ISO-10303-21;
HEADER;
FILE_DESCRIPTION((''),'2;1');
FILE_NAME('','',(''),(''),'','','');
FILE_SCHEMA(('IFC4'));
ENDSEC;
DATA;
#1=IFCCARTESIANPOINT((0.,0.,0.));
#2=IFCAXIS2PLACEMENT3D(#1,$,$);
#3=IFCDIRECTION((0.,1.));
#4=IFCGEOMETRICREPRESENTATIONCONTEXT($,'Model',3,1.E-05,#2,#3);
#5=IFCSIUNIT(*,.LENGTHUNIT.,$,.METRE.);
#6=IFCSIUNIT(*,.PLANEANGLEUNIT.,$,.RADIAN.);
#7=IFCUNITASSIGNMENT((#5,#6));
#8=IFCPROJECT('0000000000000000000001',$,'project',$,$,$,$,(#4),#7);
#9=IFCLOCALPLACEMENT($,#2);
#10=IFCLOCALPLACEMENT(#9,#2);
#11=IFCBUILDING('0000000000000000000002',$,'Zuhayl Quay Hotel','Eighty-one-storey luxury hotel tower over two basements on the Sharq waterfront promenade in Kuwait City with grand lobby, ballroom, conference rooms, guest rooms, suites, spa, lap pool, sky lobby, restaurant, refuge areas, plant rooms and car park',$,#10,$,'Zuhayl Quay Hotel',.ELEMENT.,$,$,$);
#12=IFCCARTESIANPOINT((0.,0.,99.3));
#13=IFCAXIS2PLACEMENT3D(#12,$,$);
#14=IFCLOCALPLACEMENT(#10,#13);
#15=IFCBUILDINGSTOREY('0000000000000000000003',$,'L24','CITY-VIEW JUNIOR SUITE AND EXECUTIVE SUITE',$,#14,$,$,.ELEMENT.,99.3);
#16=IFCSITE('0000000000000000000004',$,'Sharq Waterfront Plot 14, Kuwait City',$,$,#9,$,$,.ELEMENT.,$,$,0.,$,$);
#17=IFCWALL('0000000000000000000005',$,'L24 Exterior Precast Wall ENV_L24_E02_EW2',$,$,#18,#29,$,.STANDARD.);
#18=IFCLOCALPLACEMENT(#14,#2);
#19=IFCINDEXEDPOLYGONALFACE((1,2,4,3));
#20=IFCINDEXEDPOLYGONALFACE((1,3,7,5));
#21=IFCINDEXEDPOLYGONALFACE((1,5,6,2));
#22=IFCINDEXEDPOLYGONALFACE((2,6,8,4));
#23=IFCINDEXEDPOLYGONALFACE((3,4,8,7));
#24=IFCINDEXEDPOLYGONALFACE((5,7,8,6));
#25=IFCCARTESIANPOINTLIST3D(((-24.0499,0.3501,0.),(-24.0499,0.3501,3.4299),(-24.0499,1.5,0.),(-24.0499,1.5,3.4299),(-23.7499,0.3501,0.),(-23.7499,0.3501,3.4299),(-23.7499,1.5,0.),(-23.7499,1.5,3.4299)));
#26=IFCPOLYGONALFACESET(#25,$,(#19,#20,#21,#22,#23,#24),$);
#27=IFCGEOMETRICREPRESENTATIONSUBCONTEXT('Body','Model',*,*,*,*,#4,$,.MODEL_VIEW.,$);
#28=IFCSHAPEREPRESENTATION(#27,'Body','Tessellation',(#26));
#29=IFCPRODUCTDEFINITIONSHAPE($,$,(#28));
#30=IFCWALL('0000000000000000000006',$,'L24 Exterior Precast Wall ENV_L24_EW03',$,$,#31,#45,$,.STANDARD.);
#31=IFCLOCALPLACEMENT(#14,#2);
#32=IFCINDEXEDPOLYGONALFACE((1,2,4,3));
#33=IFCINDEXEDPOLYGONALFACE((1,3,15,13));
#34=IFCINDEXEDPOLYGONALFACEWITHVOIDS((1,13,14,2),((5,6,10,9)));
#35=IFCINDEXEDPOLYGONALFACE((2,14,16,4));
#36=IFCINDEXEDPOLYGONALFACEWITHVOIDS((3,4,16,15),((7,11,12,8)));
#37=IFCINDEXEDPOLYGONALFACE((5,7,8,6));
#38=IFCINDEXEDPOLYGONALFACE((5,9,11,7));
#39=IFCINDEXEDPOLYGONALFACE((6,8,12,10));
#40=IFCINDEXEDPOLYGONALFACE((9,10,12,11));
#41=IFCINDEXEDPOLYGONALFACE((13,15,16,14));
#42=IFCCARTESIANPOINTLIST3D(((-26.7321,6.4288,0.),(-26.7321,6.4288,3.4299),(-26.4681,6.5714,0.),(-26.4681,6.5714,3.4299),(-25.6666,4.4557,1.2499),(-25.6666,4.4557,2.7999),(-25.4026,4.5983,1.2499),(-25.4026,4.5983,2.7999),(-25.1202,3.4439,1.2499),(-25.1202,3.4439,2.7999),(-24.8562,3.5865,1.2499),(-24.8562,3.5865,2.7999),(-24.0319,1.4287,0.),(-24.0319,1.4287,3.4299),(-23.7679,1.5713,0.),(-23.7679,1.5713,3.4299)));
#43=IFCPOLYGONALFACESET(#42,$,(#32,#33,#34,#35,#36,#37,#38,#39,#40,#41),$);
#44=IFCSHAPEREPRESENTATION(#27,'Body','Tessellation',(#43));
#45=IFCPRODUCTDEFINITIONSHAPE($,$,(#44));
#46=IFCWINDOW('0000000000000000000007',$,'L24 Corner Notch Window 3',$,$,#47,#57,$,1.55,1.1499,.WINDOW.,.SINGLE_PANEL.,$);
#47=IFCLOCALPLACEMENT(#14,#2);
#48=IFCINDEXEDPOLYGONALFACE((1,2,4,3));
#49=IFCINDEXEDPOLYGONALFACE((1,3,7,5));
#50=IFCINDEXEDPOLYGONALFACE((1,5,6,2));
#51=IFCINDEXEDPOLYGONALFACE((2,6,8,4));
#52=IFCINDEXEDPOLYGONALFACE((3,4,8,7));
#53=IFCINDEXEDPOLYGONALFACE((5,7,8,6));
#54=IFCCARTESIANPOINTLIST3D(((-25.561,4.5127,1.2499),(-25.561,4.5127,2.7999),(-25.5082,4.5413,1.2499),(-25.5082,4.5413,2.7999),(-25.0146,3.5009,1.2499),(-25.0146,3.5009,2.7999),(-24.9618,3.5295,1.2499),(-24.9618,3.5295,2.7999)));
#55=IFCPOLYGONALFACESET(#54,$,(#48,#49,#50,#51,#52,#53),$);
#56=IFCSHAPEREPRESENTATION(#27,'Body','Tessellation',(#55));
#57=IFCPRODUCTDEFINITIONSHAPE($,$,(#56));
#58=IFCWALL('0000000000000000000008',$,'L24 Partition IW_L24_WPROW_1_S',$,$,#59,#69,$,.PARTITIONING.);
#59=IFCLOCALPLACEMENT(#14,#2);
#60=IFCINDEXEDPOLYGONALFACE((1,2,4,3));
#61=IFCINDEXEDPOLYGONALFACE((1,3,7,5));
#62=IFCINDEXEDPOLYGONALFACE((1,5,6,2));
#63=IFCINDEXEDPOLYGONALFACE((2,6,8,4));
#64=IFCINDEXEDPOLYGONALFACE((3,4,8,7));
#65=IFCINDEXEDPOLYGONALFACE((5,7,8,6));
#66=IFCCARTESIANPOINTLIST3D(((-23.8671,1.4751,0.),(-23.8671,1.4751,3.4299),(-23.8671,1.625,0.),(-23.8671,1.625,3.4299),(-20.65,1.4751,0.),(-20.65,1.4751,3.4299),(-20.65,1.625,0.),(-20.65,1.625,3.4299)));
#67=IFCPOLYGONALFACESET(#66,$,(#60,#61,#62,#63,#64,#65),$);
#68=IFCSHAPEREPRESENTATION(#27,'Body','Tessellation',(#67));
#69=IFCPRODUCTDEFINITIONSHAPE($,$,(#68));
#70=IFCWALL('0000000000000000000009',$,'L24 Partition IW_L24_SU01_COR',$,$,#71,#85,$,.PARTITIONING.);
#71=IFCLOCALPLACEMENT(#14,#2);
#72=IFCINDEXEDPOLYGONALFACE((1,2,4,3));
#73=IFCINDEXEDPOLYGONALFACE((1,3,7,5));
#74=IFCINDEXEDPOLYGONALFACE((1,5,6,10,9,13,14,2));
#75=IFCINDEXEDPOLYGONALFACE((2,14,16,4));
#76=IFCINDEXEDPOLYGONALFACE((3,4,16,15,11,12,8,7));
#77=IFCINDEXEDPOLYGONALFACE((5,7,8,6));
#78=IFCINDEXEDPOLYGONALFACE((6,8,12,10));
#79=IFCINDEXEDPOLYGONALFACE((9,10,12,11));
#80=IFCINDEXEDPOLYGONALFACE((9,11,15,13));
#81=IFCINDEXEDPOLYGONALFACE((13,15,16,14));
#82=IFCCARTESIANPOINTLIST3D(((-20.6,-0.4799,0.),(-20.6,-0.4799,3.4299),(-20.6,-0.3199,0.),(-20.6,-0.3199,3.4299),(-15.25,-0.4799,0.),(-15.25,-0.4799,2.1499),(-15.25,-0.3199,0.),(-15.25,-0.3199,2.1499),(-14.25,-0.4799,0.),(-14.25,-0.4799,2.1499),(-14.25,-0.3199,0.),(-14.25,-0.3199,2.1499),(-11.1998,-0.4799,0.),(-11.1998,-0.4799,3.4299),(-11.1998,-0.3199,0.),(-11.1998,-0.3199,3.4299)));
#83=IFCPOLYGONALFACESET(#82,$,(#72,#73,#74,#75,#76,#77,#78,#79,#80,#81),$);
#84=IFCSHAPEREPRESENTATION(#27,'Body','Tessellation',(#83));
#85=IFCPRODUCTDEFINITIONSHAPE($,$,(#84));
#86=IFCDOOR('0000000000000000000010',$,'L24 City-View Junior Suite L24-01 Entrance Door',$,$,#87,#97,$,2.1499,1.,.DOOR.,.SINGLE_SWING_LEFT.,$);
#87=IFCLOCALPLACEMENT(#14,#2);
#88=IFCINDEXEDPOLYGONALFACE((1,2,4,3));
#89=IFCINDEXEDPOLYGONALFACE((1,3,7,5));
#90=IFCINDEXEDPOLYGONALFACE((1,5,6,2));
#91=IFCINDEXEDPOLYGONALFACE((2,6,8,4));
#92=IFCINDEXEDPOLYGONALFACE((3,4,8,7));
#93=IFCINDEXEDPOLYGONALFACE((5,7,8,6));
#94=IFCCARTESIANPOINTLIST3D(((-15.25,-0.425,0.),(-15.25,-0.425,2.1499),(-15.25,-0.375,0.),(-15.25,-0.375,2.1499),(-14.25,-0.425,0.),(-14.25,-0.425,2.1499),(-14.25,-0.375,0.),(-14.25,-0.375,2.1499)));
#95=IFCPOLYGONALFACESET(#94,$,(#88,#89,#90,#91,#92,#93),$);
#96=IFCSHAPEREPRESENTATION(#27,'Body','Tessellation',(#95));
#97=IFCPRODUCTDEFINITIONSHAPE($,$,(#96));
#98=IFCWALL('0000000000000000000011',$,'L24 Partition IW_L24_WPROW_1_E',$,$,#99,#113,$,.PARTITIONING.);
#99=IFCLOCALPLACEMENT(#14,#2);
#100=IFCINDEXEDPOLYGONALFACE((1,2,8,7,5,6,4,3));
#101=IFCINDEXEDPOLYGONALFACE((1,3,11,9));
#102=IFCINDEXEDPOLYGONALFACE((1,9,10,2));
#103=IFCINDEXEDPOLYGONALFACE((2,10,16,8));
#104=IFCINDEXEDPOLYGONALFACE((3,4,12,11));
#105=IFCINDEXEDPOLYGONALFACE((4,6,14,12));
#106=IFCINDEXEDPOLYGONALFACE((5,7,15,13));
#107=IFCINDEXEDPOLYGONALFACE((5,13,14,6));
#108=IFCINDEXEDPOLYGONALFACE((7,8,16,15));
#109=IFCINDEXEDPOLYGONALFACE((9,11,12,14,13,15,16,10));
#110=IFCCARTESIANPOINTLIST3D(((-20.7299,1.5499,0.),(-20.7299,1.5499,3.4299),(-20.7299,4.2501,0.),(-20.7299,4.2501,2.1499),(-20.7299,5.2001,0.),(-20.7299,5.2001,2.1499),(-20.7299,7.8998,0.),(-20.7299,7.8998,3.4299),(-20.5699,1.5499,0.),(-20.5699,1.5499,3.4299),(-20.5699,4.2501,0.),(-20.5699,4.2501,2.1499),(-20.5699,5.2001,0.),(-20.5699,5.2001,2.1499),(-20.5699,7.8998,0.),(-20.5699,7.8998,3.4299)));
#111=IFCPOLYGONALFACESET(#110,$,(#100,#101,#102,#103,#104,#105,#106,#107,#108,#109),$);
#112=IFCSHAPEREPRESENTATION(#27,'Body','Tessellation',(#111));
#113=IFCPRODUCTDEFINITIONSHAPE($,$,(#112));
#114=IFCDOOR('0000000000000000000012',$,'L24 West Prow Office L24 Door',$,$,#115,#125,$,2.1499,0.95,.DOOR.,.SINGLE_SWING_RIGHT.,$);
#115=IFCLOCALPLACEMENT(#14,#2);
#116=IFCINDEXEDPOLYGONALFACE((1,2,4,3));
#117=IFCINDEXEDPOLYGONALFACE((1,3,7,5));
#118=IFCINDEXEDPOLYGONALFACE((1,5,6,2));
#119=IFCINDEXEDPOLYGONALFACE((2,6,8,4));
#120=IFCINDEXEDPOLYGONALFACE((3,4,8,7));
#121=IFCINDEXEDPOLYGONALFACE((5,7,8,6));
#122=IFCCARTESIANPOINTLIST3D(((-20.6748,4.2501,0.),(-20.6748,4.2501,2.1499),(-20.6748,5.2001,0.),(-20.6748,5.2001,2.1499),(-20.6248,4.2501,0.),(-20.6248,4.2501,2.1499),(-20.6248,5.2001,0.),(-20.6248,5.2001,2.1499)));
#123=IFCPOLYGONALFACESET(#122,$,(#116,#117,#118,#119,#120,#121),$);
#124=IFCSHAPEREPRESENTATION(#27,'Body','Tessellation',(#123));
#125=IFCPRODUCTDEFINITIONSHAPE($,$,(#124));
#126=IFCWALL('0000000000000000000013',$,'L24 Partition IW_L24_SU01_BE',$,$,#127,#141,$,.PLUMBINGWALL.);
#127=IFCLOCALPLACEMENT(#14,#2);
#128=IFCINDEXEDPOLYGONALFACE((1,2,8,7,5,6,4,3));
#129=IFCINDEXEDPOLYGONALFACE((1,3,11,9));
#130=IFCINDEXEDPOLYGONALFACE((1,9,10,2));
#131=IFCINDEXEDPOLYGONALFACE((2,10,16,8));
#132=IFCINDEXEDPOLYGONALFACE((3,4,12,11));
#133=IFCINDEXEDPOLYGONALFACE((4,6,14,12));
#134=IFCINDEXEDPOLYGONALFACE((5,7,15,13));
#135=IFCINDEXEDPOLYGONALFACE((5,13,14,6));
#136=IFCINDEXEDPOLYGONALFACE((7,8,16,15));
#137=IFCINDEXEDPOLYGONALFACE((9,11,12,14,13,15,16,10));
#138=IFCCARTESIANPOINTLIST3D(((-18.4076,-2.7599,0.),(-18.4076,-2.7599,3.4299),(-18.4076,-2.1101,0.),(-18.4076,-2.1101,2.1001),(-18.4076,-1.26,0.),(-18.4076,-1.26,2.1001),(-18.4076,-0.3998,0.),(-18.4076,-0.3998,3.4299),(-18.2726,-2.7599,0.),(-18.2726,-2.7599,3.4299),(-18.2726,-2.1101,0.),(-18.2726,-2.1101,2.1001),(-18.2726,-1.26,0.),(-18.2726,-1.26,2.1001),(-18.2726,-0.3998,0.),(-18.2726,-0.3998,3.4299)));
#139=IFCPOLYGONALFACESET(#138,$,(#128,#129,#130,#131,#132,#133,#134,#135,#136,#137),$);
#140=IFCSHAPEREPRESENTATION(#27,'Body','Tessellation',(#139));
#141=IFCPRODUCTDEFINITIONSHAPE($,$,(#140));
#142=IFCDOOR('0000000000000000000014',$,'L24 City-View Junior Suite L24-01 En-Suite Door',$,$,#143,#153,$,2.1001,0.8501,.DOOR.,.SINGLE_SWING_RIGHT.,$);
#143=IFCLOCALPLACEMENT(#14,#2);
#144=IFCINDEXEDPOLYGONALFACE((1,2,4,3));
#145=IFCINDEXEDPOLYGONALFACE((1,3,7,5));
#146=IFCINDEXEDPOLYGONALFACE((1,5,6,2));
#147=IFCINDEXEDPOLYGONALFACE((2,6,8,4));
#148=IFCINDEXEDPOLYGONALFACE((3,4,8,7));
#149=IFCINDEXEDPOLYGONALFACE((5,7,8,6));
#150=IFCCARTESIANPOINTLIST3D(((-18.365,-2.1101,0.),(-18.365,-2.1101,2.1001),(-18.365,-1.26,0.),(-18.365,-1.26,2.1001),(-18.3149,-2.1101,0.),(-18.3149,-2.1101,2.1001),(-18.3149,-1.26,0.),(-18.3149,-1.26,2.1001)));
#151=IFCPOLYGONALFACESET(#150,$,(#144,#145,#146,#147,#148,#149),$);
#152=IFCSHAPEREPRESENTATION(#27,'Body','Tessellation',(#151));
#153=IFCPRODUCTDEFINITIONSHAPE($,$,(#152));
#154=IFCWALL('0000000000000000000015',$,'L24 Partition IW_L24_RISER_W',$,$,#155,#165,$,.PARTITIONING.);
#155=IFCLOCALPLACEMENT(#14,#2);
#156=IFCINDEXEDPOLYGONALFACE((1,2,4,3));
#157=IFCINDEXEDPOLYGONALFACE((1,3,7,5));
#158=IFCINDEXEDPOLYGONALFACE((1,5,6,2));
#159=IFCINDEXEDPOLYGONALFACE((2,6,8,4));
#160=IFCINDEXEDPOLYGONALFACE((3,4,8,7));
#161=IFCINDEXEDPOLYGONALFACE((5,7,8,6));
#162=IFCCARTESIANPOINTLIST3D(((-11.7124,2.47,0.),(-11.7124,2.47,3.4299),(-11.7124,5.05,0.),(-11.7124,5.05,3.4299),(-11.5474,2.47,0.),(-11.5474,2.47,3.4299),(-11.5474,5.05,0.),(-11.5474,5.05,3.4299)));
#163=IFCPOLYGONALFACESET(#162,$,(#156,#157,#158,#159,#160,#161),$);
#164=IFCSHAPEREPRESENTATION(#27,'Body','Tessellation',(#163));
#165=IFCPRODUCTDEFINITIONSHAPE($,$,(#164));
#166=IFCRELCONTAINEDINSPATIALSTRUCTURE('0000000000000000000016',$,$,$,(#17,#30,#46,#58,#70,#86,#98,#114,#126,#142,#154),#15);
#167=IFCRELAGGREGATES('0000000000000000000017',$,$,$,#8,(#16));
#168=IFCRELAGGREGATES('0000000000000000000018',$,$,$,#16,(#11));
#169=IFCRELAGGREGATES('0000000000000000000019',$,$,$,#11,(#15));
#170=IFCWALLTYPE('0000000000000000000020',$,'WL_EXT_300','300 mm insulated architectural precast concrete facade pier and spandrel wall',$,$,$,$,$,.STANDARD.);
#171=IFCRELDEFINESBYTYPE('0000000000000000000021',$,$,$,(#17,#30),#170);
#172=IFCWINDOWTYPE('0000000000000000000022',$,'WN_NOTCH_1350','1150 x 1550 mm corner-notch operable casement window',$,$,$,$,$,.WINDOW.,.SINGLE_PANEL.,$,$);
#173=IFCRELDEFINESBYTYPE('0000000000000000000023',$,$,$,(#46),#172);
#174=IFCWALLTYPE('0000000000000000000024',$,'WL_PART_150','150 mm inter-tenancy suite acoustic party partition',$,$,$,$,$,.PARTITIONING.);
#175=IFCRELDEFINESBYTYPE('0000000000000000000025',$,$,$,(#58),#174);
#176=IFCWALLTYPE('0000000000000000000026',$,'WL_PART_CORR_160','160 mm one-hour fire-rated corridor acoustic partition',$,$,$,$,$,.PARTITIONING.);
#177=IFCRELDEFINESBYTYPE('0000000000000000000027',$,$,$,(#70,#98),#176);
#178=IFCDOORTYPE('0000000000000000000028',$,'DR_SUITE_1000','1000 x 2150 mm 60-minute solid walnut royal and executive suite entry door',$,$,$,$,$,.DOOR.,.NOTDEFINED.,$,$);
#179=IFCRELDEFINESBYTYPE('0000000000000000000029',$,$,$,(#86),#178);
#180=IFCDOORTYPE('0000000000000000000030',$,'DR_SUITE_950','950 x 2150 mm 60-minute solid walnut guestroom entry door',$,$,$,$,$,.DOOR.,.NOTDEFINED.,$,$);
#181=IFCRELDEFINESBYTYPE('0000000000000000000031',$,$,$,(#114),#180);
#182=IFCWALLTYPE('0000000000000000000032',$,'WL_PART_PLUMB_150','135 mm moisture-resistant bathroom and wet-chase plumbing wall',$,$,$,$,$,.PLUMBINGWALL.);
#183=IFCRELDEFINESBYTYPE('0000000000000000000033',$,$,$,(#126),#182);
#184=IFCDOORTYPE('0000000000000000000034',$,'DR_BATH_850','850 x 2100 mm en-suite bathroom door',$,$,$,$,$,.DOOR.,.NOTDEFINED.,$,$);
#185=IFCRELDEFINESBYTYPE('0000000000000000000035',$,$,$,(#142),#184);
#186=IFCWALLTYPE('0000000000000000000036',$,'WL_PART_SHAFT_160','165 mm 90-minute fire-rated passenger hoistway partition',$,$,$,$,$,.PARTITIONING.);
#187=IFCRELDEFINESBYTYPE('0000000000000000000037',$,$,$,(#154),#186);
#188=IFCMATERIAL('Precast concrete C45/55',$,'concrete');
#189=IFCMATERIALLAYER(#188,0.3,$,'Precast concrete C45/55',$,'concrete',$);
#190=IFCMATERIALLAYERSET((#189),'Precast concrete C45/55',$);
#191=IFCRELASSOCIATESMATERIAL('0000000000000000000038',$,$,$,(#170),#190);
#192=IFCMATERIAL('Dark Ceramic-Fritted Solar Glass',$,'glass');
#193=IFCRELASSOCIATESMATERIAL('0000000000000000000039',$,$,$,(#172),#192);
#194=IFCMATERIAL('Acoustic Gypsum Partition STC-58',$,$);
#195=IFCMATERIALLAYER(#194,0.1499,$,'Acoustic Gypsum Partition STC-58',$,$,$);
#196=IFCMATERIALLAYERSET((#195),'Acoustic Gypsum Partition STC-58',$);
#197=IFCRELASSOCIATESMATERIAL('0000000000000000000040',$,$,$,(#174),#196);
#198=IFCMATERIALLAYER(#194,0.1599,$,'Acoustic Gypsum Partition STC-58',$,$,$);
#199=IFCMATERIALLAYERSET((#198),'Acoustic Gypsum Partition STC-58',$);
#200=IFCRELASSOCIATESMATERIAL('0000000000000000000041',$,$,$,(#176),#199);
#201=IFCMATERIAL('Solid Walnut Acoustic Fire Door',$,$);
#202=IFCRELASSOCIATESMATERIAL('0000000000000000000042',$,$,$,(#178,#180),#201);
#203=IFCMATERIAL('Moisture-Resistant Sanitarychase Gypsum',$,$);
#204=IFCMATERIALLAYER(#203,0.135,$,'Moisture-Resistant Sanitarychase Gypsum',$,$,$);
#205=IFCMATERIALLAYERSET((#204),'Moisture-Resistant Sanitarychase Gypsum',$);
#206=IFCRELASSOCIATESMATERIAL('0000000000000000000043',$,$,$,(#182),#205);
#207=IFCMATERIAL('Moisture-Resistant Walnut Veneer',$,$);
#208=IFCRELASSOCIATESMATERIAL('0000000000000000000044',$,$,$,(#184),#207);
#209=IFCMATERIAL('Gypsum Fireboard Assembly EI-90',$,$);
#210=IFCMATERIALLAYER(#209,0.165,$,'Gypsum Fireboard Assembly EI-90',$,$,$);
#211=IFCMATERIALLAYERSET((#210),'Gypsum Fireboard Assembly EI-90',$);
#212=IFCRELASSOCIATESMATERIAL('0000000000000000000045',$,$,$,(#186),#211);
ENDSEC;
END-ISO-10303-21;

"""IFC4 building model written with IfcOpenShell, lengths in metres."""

from ifc_helpers import new_model, si_unit, direction, frame, frame_2d, origin, place, context, subcontext, project, spatial, rectangle, extrude, material, layer, layer_set, type_object, element, fill, save


model = new_model("IFC4")

# Units and contexts
model_context = context("Model", 3, precision=1e-05, world=origin(), true_north=direction((0.0, 1.0)))
body_context = subcontext(model_context, "Body", "Model", "MODEL_VIEW")
ifc_project = project(units=[si_unit("LENGTHUNIT", "METRE"), si_unit("PLANEANGLEUNIT", "RADIAN")], contexts=[model_context])

# Site, building, storey
site_placement = place(None, origin())
site = spatial("IfcSite", under=ifc_project, at=site_placement, Name="Sharq Waterfront Plot 14, Kuwait City", CompositionType="ELEMENT", RefElevation=0.0)
building_placement = place(site_placement, origin())
building = spatial("IfcBuilding", under=site, at=building_placement, Name="Zuhayl Quay Hotel", Description="Eighty-one-storey luxury hotel tower over two basements on the Sharq waterfront promenade in Kuwait City with grand lobby, ballroom, conference rooms, guest rooms, suites, spa, lap pool, sky lobby, restaurant, refuge areas, plant rooms and car park", LongName="Zuhayl Quay Hotel", CompositionType="ELEMENT")
storey_placement = place(building_placement, frame((0.0, 0.0, 99.3)))
storey = spatial("IfcBuildingStorey", under=building, at=storey_placement, Name="L24", Description="CITY-VIEW JUNIOR SUITE AND EXECUTIVE SUITE", CompositionType="ELEMENT", Elevation=99.3)

# Wall
ifc_material_1 = material(Name="Precast concrete C45/55", Category="concrete")
ifc_layer_1 = layer(ifc_material_1, 0.3, Name="Precast concrete C45/55", Category="concrete")
ifc_layer_set_1 = layer_set([ifc_layer_1], Name="Precast concrete C45/55")
wall_type_1 = type_object("IfcWallType", Name="WL_EXT_300", Description="300 mm insulated architectural precast concrete facade pier and spandrel wall", PredefinedType="STANDARD", material=ifc_layer_set_1)
wall_1_placement = place(storey_placement, frame((-23.8999, 0.3501, 0.0), z_axis=(0.0, 0.0, 1.0), x_axis=(0.0, 1.0, 0.0)))
element("IfcWall", 1, at=wall_1_placement, inside=storey, type_object=wall_type_1, Name="L24 Exterior Precast Wall ENV_L24_E02_EW2", PredefinedType="STANDARD", context=body_context, shape_type="SweptSolid", body=[
    extrude(rectangle(XDim=1.1499, YDim=0.3, at=frame_2d((0.575, 0.0))), origin(), (0.0, 0.0, 1.0), 3.4299),
])

# Wall, opening, window
wall_2_placement = place(storey_placement, frame((-23.8999, 1.5, 0.0), z_axis=(0.0, 0.0, 1.0), x_axis=(-0.475176, 0.879891, 0.0)))
wall_2 = element("IfcWall", 2, at=wall_2_placement, inside=storey, type_object=wall_type_1, Name="L24 Exterior Precast Wall ENV_L24_EW03", PredefinedType="STANDARD", context=body_context, shape_type="SweptSolid", body=[
    extrude(rectangle(XDim=5.6826, YDim=0.3, at=frame_2d((2.8413, 0.0))), origin(), (0.0, 0.0, 1.0), 3.4299),
])
opening_1_placement = place(wall_2_placement, frame((2.2903, 0.0, 1.25)))
opening_1 = element("IfcOpeningElement", 3, at=opening_1_placement, cuts=wall_2, PredefinedType="OPENING", context=body_context, shape_type="SweptSolid", body=[
    extrude(rectangle(XDim=1.1499, YDim=1.55, at=frame_2d((0.575, 0.7749))), frame((0.0, 0.1599, 0.0), z_axis=(0.0, -1.0, 0.0), x_axis=(1.0, 0.0, 0.0)), (0.0, 0.0, 1.0), 0.3201),
])
ifc_material_2 = material(Name="Dark Ceramic-Fritted Solar Glass", Category="glass")
window_type = type_object("IfcWindowType", Name="WN_NOTCH_1350", Description="1150 x 1550 mm corner-notch operable casement window", PartitioningType="SINGLE_PANEL", PredefinedType="WINDOW", material=ifc_material_2)
window_placement = place(opening_1_placement, origin())
window = element("IfcWindow", 4, at=window_placement, inside=storey, type_object=window_type, Name="L24 Corner Notch Window 3", OverallHeight=1.55, OverallWidth=1.1499, PartitioningType="SINGLE_PANEL", PredefinedType="WINDOW", context=body_context, shape_type="SweptSolid", body=[
    extrude(rectangle(XDim=1.1499, YDim=1.55, at=frame_2d((0.575, 0.7749))), frame((0.0, 0.03, 0.0), z_axis=(0.0, -1.0, 0.0), x_axis=(1.0, 0.0, 0.0)), (0.0, 0.0, 1.0), 0.0601),
])
fill(opening_1, window)

# Wall
ifc_material_3 = material(Name="Acoustic Gypsum Partition STC-58")
ifc_layer_2 = layer(ifc_material_3, 0.1499, Name="Acoustic Gypsum Partition STC-58")
ifc_layer_set_2 = layer_set([ifc_layer_2], Name="Acoustic Gypsum Partition STC-58")
wall_type_2 = type_object("IfcWallType", Name="WL_PART_150", Description="150 mm inter-tenancy suite acoustic party partition", PredefinedType="PARTITIONING", material=ifc_layer_set_2)
wall_3_placement = place(storey_placement, frame((-23.8669, 1.55, 0.0), z_axis=(0.0, 0.0, 1.0), x_axis=(1.0, 0.0, 0.0)))
element("IfcWall", 5, at=wall_3_placement, inside=storey, type_object=wall_type_2, Name="L24 Partition IW_L24_WPROW_1_S", PredefinedType="PARTITIONING", context=body_context, shape_type="SweptSolid", body=[
    extrude(rectangle(XDim=3.217, YDim=0.1499, at=frame_2d((1.6084, 0.0))), origin(), (0.0, 0.0, 1.0), 3.4299),
])

# Walls, openings, doors
ifc_layer_3 = layer(ifc_material_3, 0.1599, Name="Acoustic Gypsum Partition STC-58")
ifc_layer_set_3 = layer_set([ifc_layer_3], Name="Acoustic Gypsum Partition STC-58")
wall_type_3 = type_object("IfcWallType", Name="WL_PART_CORR_160", Description="160 mm one-hour fire-rated corridor acoustic partition", PredefinedType="PARTITIONING", material=ifc_layer_set_3)
wall_4_placement = place(storey_placement, frame((-20.6001, -0.3999, 0.0), z_axis=(0.0, 0.0, 1.0), x_axis=(1.0, 0.0, 0.0)))
wall_4 = element("IfcWall", 6, at=wall_4_placement, inside=storey, type_object=wall_type_3, Name="L24 Partition IW_L24_SU01_COR", PredefinedType="PARTITIONING", context=body_context, shape_type="SweptSolid", body=[
    extrude(rectangle(XDim=9.4001, YDim=0.1599, at=frame_2d((4.7002, 0.0))), origin(), (0.0, 0.0, 1.0), 3.4299),
])
opening_2_placement = place(wall_4_placement, frame((5.3501, 0.0, 0.0)))
opening_2 = element("IfcOpeningElement", 7, at=opening_2_placement, cuts=wall_4, PredefinedType="OPENING", context=body_context, shape_type="SweptSolid", body=[
    extrude(rectangle(XDim=1.0, YDim=2.1499, at=frame_2d((0.5, 1.075))), frame((0.0, 0.0898, 0.0), z_axis=(0.0, -1.0, 0.0), x_axis=(1.0, 0.0, 0.0)), (0.0, 0.0, 1.0), 0.1799),
])
ifc_material_4 = material(Name="Solid Walnut Acoustic Fire Door")
door_type_1 = type_object("IfcDoorType", Name="DR_SUITE_1000", Description="1000 x 2150 mm 60-minute solid walnut royal and executive suite entry door", OperationType="NOTDEFINED", PredefinedType="DOOR", material=ifc_material_4)
door_1_placement = place(opening_2_placement, origin())
door_1 = element("IfcDoor", 8, at=door_1_placement, inside=storey, type_object=door_type_1, Name="L24 City-View Junior Suite L24-01 Entrance Door", OperationType="SINGLE_SWING_LEFT", OverallHeight=2.1499, OverallWidth=1.0, PredefinedType="DOOR", context=body_context, shape_type="SweptSolid", body=[
    extrude(rectangle(XDim=1.0, YDim=2.1499, at=frame_2d((0.5, 1.075))), frame((0.0, 0.0249, 0.0), z_axis=(0.0, -1.0, 0.0), x_axis=(1.0, 0.0, 0.0)), (0.0, 0.0, 1.0), 0.05),
])
fill(opening_2, door_1)
wall_5_placement = place(storey_placement, frame((-20.6499, 1.55, 0.0), z_axis=(0.0, 0.0, 1.0), x_axis=(0.0, 1.0, 0.0)))
wall_5 = element("IfcWall", 9, at=wall_5_placement, inside=storey, type_object=wall_type_3, Name="L24 Partition IW_L24_WPROW_1_E", PredefinedType="PARTITIONING", context=body_context, shape_type="SweptSolid", body=[
    extrude(rectangle(XDim=6.3499, YDim=0.1599, at=frame_2d((3.1748, 0.0))), origin(), (0.0, 0.0, 1.0), 3.4299),
])
opening_3_placement = place(wall_5_placement, frame((2.7, 0.0, 0.0)))
opening_3 = element("IfcOpeningElement", 10, at=opening_3_placement, cuts=wall_5, PredefinedType="OPENING", context=body_context, shape_type="SweptSolid", body=[
    extrude(rectangle(XDim=0.95, YDim=2.1499, at=frame_2d((0.4751, 1.075))), frame((0.0, 0.0898, 0.0), z_axis=(0.0, -1.0, 0.0), x_axis=(1.0, 0.0, 0.0)), (0.0, 0.0, 1.0), 0.1799),
])
door_type_2 = type_object("IfcDoorType", Name="DR_SUITE_950", Description="950 x 2150 mm 60-minute solid walnut guestroom entry door", OperationType="NOTDEFINED", PredefinedType="DOOR", material=ifc_material_4)
door_2_placement = place(opening_3_placement, origin())
door_2 = element("IfcDoor", 11, at=door_2_placement, inside=storey, type_object=door_type_2, Name="L24 West Prow Office L24 Door", OperationType="SINGLE_SWING_RIGHT", OverallHeight=2.1499, OverallWidth=0.95, PredefinedType="DOOR", context=body_context, shape_type="SweptSolid", body=[
    extrude(rectangle(XDim=0.95, YDim=2.1499, at=frame_2d((0.4751, 1.075))), frame((0.0, 0.0249, 0.0), z_axis=(0.0, -1.0, 0.0), x_axis=(1.0, 0.0, 0.0)), (0.0, 0.0, 1.0), 0.05),
])
fill(opening_3, door_2)
ifc_material_5 = material(Name="Moisture-Resistant Sanitarychase Gypsum")
ifc_layer_4 = layer(ifc_material_5, 0.135, Name="Moisture-Resistant Sanitarychase Gypsum")
ifc_layer_set_4 = layer_set([ifc_layer_4], Name="Moisture-Resistant Sanitarychase Gypsum")
wall_type_4 = type_object("IfcWallType", Name="WL_PART_PLUMB_150", Description="135 mm moisture-resistant bathroom and wet-chase plumbing wall", PredefinedType="PLUMBINGWALL", material=ifc_layer_set_4)
wall_6_placement = place(storey_placement, frame((-18.3401, -2.76, 0.0), z_axis=(0.0, 0.0, 1.0), x_axis=(0.0, 1.0, 0.0)))
wall_6 = element("IfcWall", 12, at=wall_6_placement, inside=storey, type_object=wall_type_4, Name="L24 Partition IW_L24_SU01_BE", PredefinedType="PLUMBINGWALL", context=body_context, shape_type="SweptSolid", body=[
    extrude(rectangle(XDim=2.3601, YDim=0.135, at=frame_2d((1.1802, 0.0))), origin(), (0.0, 0.0, 1.0), 3.4299),
])
opening_4_placement = place(wall_6_placement, frame((0.6499, 0.0, 0.0)))
opening_4 = element("IfcOpeningElement", 13, at=opening_4_placement, cuts=wall_6, PredefinedType="OPENING", context=body_context, shape_type="SweptSolid", body=[
    extrude(rectangle(XDim=0.8501, YDim=2.1001, at=frame_2d((0.425, 1.05))), frame((0.0, 0.0774, 0.0), z_axis=(0.0, -1.0, 0.0), x_axis=(1.0, 0.0, 0.0)), (0.0, 0.0, 1.0), 0.155),
])
ifc_material_6 = material(Name="Moisture-Resistant Walnut Veneer")
door_type_3 = type_object("IfcDoorType", Name="DR_BATH_850", Description="850 x 2100 mm en-suite bathroom door", OperationType="NOTDEFINED", PredefinedType="DOOR", material=ifc_material_6)
door_3_placement = place(opening_4_placement, origin())
door_3 = element("IfcDoor", 14, at=door_3_placement, inside=storey, type_object=door_type_3, Name="L24 City-View Junior Suite L24-01 En-Suite Door", OperationType="SINGLE_SWING_RIGHT", OverallHeight=2.1001, OverallWidth=0.8501, PredefinedType="DOOR", context=body_context, shape_type="SweptSolid", body=[
    extrude(rectangle(XDim=0.8501, YDim=2.1001, at=frame_2d((0.425, 1.05))), frame((0.0, 0.0249, 0.0), z_axis=(0.0, -1.0, 0.0), x_axis=(1.0, 0.0, 0.0)), (0.0, 0.0, 1.0), 0.05),
])
fill(opening_4, door_3)

# Wall
ifc_material_7 = material(Name="Gypsum Fireboard Assembly EI-90")
ifc_layer_5 = layer(ifc_material_7, 0.165, Name="Gypsum Fireboard Assembly EI-90")
ifc_layer_set_5 = layer_set([ifc_layer_5], Name="Gypsum Fireboard Assembly EI-90")
wall_type_5 = type_object("IfcWallType", Name="WL_PART_SHAFT_160", Description="165 mm 90-minute fire-rated passenger hoistway partition", PredefinedType="PARTITIONING", material=ifc_layer_set_5)
wall_7_placement = place(storey_placement, frame((-11.6299, 2.47, 0.0), z_axis=(0.0, 0.0, 1.0), x_axis=(0.0, 1.0, 0.0)))
element("IfcWall", 15, at=wall_7_placement, inside=storey, type_object=wall_type_5, Name="L24 Partition IW_L24_RISER_W", PredefinedType="PARTITIONING", context=body_context, shape_type="SweptSolid", body=[
    extrude(rectangle(XDim=2.5801, YDim=0.165, at=frame_2d((1.29, 0.0))), origin(), (0.0, 0.0, 1.0), 3.4299),
])

save(model, "model.ifc")
